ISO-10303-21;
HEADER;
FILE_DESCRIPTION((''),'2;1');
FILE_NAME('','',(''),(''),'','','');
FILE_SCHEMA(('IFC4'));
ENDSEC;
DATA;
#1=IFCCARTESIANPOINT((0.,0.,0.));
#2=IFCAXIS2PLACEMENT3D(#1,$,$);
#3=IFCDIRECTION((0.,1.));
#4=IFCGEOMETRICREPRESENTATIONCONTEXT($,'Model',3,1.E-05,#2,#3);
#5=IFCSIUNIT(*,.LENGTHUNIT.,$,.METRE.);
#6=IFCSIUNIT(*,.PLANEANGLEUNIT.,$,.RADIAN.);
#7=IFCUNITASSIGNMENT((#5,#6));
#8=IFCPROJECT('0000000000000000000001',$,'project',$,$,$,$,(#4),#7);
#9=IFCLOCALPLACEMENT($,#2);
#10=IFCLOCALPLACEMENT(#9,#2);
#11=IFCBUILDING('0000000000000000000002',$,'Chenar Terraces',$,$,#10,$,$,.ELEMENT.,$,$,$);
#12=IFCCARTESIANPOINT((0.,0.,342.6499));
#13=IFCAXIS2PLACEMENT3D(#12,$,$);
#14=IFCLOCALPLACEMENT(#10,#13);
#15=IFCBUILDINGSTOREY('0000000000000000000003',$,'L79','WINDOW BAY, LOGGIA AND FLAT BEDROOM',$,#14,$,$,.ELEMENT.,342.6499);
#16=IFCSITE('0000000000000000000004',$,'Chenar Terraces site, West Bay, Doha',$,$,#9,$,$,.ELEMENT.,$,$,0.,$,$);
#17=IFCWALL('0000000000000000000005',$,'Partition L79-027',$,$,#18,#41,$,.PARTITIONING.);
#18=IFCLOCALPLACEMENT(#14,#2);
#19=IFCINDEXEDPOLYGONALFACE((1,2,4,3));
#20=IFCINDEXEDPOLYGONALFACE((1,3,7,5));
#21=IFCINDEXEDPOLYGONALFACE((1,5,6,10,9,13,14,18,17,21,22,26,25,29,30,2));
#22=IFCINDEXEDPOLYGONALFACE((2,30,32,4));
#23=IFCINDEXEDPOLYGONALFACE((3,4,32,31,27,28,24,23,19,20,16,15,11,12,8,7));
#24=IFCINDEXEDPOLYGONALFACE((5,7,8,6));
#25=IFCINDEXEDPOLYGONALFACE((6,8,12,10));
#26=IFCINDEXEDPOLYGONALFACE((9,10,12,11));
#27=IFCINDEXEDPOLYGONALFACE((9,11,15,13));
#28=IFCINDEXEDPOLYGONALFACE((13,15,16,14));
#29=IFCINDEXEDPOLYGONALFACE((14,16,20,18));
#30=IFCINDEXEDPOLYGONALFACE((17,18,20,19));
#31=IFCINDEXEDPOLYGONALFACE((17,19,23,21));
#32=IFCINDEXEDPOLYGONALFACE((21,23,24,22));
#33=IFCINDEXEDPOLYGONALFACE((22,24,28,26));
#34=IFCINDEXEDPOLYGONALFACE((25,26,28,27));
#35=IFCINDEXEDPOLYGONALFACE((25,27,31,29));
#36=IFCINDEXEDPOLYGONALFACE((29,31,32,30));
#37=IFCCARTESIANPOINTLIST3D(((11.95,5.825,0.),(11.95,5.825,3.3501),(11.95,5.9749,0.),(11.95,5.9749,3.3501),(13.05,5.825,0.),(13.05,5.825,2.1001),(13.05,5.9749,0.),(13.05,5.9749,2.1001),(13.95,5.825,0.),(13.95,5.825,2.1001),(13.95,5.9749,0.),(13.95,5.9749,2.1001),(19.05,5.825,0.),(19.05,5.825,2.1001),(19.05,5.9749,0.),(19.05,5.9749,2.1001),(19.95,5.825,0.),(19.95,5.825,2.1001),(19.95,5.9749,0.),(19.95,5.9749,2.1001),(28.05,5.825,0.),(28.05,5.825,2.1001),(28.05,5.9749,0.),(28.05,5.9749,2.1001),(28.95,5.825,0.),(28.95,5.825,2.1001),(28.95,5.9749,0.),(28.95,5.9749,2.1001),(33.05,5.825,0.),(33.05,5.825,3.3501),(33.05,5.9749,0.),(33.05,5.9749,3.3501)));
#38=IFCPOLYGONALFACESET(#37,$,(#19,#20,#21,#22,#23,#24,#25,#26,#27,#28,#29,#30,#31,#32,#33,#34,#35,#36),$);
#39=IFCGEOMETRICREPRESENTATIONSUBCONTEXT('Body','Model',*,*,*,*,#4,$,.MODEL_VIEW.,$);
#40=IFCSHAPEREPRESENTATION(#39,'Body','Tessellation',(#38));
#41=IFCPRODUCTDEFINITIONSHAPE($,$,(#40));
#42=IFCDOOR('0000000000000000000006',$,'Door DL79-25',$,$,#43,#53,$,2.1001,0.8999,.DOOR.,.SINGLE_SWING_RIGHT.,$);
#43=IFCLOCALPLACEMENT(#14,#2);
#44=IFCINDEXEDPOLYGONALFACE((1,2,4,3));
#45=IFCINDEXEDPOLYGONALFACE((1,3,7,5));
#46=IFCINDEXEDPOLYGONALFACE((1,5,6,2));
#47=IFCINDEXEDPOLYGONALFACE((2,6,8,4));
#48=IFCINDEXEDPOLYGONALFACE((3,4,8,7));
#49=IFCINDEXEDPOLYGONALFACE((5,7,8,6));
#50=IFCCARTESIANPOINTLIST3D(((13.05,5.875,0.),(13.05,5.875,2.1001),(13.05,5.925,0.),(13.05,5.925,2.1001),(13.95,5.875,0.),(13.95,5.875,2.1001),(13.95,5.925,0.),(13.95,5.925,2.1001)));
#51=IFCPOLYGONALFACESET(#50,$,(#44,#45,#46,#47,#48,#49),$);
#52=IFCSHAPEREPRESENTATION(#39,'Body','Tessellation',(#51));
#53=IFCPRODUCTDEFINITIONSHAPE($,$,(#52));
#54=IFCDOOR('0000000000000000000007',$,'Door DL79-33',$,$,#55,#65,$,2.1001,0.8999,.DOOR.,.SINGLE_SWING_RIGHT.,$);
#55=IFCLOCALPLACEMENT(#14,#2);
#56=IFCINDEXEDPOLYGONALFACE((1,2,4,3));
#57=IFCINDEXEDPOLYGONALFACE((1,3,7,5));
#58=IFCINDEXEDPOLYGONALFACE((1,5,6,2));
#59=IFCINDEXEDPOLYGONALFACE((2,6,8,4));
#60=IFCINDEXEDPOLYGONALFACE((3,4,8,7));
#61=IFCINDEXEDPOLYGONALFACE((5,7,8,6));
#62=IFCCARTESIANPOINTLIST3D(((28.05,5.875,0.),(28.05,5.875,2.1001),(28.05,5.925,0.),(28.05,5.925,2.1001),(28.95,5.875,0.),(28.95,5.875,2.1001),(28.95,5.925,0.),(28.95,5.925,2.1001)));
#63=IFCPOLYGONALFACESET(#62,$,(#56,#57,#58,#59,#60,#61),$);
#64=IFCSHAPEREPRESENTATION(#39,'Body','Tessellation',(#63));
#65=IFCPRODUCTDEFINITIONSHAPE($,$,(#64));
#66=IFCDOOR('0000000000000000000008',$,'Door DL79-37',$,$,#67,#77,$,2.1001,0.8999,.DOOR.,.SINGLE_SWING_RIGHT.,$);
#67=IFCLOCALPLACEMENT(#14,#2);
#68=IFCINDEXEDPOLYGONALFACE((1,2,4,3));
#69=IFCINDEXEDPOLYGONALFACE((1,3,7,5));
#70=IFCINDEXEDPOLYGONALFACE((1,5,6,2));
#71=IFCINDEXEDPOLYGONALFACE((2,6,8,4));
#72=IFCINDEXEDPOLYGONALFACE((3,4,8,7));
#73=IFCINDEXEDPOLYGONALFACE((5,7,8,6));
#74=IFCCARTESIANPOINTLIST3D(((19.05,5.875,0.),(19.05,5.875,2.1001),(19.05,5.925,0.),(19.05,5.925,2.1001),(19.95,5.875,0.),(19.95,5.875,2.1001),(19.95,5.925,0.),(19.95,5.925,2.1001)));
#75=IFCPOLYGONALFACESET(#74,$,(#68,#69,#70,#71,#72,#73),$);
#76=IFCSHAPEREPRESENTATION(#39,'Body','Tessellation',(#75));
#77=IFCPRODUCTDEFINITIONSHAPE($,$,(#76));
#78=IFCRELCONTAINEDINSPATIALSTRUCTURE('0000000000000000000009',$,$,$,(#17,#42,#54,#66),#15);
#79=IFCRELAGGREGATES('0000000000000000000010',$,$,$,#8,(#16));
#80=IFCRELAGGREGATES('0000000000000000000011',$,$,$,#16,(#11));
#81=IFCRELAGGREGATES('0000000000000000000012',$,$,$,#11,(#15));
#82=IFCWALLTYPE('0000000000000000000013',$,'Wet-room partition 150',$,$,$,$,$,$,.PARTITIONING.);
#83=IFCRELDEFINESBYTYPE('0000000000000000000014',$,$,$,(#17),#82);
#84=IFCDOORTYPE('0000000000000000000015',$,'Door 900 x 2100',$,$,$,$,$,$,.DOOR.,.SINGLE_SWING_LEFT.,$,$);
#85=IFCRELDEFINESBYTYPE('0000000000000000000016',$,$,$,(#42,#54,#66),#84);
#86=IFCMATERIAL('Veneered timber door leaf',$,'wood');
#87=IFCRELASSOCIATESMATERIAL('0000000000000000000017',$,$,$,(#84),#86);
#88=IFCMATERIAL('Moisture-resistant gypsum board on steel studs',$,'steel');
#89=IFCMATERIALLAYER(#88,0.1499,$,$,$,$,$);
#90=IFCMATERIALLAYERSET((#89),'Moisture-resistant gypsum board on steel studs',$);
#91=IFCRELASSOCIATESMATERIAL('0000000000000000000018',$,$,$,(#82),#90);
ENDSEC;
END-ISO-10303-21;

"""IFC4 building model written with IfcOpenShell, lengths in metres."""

from ifc_helpers import new_model, si_unit, direction, frame, frame_2d, origin, place, context, subcontext, project, spatial, rectangle, extrude, material, layer, layer_set, type_object, element, fill, save


model = new_model("IFC4")

# Units and contexts
model_context = context("Model", 3, precision=1e-05, world=origin(), true_north=direction((0.0, 1.0)))
body_context = subcontext(model_context, "Body", "Model", "MODEL_VIEW")
ifc_project = project(units=[si_unit("LENGTHUNIT", "METRE"), si_unit("PLANEANGLEUNIT", "RADIAN")], contexts=[model_context])

# Site, building, storey
site_placement = place(None, origin())
site = spatial("IfcSite", under=ifc_project, at=site_placement, Name="Chenar Terraces site, West Bay, Doha", CompositionType="ELEMENT", RefElevation=0.0)
building_placement = place(site_placement, origin())
building = spatial("IfcBuilding", under=site, at=building_placement, Name="Chenar Terraces", CompositionType="ELEMENT")
storey_placement = place(building_placement, frame((0.0, 0.0, 342.6499)))
storey = spatial("IfcBuildingStorey", under=building, at=storey_placement, Name="L79", Description="WINDOW BAY, LOGGIA AND FLAT BEDROOM", CompositionType="ELEMENT", Elevation=342.6499)

# Shared definitions
ifc_material_1 = material(Name="Veneered timber door leaf", Category="wood")
door_type = type_object("IfcDoorType", Name="Door 900 x 2100", OperationType="SINGLE_SWING_LEFT", PredefinedType="DOOR", material=ifc_material_1)

# Wall, openings, doors
ifc_material_2 = material(Name="Moisture-resistant gypsum board on steel studs", Category="steel")
ifc_layer_1 = layer(ifc_material_2, 0.1499)
ifc_layer_set_1 = layer_set([ifc_layer_1], Name="Moisture-resistant gypsum board on steel studs")
wall_type_1 = type_object("IfcWallType", Name="Wet-room partition 150", PredefinedType="PARTITIONING", material=ifc_layer_set_1)
wall_1_placement = place(storey_placement, frame((11.95, 5.8999, 0.0), z_axis=(0.0, 0.0, 1.0), x_axis=(1.0, 0.0, 0.0)))
wall_1 = element("IfcWall", 1, at=wall_1_placement, inside=storey, type_object=wall_type_1, Name="Partition L79-027", PredefinedType="PARTITIONING", context=body_context, shape_type="SweptSolid", body=[
    extrude(rectangle(XDim=21.1001, YDim=0.1499, at=frame_2d((10.55, 0.0))), origin(), (0.0, 0.0, 1.0), 3.3501),
])
opening_1_placement = place(wall_1_placement, frame((1.1001, 0.0, 0.0)))
opening_1 = element("IfcOpeningElement", 2, at=opening_1_placement, cuts=wall_1, PredefinedType="OPENING", context=body_context, shape_type="SweptSolid", body=[
    extrude(rectangle(XDim=0.8999, YDim=2.1001, at=frame_2d((0.45, 1.05))), frame((0.0, 0.085, 0.0), z_axis=(0.0, -1.0, 0.0), x_axis=(1.0, 0.0, 0.0)), (0.0, 0.0, 1.0), 0.1699),
])
opening_2_placement = place(wall_1_placement, frame((16.1001, 0.0, 0.0)))
opening_2 = element("IfcOpeningElement", 3, at=opening_2_placement, cuts=wall_1, PredefinedType="OPENING", context=body_context, shape_type="SweptSolid", body=[
    extrude(rectangle(XDim=0.8999, YDim=2.1001, at=frame_2d((0.45, 1.05))), frame((0.0, 0.085, 0.0), z_axis=(0.0, -1.0, 0.0), x_axis=(1.0, 0.0, 0.0)), (0.0, 0.0, 1.0), 0.1699),
])
opening_3_placement = place(wall_1_placement, frame((7.1001, 0.0, 0.0)))
opening_3 = element("IfcOpeningElement", 4, at=opening_3_placement, cuts=wall_1, PredefinedType="OPENING", context=body_context, shape_type="SweptSolid", body=[
    extrude(rectangle(XDim=0.8999, YDim=2.1001, at=frame_2d((0.45, 1.05))), frame((0.0, 0.085, 0.0), z_axis=(0.0, -1.0, 0.0), x_axis=(1.0, 0.0, 0.0)), (0.0, 0.0, 1.0), 0.1699),
])
door_1_placement = place(opening_1_placement, frame((0.8999, 0.0, 0.0), z_axis=(0.0, 0.0, 1.0), x_axis=(-1.0, 0.0, 0.0)))
door_1 = element("IfcDoor", 5, at=door_1_placement, inside=storey, type_object=door_type, Name="Door DL79-25", OperationType="SINGLE_SWING_RIGHT", OverallHeight=2.1001, OverallWidth=0.8999, PredefinedType="DOOR", context=body_context, shape_type="SweptSolid", body=[
    extrude(rectangle(XDim=0.8999, YDim=2.1001, at=frame_2d((0.45, 1.05))), frame((0.0, 0.0249, 0.0), z_axis=(0.0, -1.0, 0.0), x_axis=(1.0, 0.0, 0.0)), (0.0, 0.0, 1.0), 0.05),
])
fill(opening_1, door_1)
door_2_placement = place(opening_2_placement, frame((0.8999, 0.0, 0.0), z_axis=(0.0, 0.0, 1.0), x_axis=(-1.0, 0.0, 0.0)))
door_2 = element("IfcDoor", 6, at=door_2_placement, inside=storey, type_object=door_type, Name="Door DL79-33", OperationType="SINGLE_SWING_RIGHT", OverallHeight=2.1001, OverallWidth=0.8999, PredefinedType="DOOR", context=body_context, shape_type="SweptSolid", body=[
    extrude(rectangle(XDim=0.8999, YDim=2.1001, at=frame_2d((0.45, 1.05))), frame((0.0, 0.0249, 0.0), z_axis=(0.0, -1.0, 0.0), x_axis=(1.0, 0.0, 0.0)), (0.0, 0.0, 1.0), 0.05),
])
fill(opening_2, door_2)
door_3_placement = place(opening_3_placement, frame((0.8999, 0.0, 0.0), z_axis=(0.0, 0.0, 1.0), x_axis=(-1.0, 0.0, 0.0)))
door_3 = element("IfcDoor", 7, at=door_3_placement, inside=storey, type_object=door_type, Name="Door DL79-37", OperationType="SINGLE_SWING_RIGHT", OverallHeight=2.1001, OverallWidth=0.8999, PredefinedType="DOOR", context=body_context, shape_type="SweptSolid", body=[
    extrude(rectangle(XDim=0.8999, YDim=2.1001, at=frame_2d((0.45, 1.05))), frame((0.0, 0.0249, 0.0), z_axis=(0.0, -1.0, 0.0), x_axis=(1.0, 0.0, 0.0)), (0.0, 0.0, 1.0), 0.05),
])
fill(opening_3, door_3)

save(model, "model.ifc")
